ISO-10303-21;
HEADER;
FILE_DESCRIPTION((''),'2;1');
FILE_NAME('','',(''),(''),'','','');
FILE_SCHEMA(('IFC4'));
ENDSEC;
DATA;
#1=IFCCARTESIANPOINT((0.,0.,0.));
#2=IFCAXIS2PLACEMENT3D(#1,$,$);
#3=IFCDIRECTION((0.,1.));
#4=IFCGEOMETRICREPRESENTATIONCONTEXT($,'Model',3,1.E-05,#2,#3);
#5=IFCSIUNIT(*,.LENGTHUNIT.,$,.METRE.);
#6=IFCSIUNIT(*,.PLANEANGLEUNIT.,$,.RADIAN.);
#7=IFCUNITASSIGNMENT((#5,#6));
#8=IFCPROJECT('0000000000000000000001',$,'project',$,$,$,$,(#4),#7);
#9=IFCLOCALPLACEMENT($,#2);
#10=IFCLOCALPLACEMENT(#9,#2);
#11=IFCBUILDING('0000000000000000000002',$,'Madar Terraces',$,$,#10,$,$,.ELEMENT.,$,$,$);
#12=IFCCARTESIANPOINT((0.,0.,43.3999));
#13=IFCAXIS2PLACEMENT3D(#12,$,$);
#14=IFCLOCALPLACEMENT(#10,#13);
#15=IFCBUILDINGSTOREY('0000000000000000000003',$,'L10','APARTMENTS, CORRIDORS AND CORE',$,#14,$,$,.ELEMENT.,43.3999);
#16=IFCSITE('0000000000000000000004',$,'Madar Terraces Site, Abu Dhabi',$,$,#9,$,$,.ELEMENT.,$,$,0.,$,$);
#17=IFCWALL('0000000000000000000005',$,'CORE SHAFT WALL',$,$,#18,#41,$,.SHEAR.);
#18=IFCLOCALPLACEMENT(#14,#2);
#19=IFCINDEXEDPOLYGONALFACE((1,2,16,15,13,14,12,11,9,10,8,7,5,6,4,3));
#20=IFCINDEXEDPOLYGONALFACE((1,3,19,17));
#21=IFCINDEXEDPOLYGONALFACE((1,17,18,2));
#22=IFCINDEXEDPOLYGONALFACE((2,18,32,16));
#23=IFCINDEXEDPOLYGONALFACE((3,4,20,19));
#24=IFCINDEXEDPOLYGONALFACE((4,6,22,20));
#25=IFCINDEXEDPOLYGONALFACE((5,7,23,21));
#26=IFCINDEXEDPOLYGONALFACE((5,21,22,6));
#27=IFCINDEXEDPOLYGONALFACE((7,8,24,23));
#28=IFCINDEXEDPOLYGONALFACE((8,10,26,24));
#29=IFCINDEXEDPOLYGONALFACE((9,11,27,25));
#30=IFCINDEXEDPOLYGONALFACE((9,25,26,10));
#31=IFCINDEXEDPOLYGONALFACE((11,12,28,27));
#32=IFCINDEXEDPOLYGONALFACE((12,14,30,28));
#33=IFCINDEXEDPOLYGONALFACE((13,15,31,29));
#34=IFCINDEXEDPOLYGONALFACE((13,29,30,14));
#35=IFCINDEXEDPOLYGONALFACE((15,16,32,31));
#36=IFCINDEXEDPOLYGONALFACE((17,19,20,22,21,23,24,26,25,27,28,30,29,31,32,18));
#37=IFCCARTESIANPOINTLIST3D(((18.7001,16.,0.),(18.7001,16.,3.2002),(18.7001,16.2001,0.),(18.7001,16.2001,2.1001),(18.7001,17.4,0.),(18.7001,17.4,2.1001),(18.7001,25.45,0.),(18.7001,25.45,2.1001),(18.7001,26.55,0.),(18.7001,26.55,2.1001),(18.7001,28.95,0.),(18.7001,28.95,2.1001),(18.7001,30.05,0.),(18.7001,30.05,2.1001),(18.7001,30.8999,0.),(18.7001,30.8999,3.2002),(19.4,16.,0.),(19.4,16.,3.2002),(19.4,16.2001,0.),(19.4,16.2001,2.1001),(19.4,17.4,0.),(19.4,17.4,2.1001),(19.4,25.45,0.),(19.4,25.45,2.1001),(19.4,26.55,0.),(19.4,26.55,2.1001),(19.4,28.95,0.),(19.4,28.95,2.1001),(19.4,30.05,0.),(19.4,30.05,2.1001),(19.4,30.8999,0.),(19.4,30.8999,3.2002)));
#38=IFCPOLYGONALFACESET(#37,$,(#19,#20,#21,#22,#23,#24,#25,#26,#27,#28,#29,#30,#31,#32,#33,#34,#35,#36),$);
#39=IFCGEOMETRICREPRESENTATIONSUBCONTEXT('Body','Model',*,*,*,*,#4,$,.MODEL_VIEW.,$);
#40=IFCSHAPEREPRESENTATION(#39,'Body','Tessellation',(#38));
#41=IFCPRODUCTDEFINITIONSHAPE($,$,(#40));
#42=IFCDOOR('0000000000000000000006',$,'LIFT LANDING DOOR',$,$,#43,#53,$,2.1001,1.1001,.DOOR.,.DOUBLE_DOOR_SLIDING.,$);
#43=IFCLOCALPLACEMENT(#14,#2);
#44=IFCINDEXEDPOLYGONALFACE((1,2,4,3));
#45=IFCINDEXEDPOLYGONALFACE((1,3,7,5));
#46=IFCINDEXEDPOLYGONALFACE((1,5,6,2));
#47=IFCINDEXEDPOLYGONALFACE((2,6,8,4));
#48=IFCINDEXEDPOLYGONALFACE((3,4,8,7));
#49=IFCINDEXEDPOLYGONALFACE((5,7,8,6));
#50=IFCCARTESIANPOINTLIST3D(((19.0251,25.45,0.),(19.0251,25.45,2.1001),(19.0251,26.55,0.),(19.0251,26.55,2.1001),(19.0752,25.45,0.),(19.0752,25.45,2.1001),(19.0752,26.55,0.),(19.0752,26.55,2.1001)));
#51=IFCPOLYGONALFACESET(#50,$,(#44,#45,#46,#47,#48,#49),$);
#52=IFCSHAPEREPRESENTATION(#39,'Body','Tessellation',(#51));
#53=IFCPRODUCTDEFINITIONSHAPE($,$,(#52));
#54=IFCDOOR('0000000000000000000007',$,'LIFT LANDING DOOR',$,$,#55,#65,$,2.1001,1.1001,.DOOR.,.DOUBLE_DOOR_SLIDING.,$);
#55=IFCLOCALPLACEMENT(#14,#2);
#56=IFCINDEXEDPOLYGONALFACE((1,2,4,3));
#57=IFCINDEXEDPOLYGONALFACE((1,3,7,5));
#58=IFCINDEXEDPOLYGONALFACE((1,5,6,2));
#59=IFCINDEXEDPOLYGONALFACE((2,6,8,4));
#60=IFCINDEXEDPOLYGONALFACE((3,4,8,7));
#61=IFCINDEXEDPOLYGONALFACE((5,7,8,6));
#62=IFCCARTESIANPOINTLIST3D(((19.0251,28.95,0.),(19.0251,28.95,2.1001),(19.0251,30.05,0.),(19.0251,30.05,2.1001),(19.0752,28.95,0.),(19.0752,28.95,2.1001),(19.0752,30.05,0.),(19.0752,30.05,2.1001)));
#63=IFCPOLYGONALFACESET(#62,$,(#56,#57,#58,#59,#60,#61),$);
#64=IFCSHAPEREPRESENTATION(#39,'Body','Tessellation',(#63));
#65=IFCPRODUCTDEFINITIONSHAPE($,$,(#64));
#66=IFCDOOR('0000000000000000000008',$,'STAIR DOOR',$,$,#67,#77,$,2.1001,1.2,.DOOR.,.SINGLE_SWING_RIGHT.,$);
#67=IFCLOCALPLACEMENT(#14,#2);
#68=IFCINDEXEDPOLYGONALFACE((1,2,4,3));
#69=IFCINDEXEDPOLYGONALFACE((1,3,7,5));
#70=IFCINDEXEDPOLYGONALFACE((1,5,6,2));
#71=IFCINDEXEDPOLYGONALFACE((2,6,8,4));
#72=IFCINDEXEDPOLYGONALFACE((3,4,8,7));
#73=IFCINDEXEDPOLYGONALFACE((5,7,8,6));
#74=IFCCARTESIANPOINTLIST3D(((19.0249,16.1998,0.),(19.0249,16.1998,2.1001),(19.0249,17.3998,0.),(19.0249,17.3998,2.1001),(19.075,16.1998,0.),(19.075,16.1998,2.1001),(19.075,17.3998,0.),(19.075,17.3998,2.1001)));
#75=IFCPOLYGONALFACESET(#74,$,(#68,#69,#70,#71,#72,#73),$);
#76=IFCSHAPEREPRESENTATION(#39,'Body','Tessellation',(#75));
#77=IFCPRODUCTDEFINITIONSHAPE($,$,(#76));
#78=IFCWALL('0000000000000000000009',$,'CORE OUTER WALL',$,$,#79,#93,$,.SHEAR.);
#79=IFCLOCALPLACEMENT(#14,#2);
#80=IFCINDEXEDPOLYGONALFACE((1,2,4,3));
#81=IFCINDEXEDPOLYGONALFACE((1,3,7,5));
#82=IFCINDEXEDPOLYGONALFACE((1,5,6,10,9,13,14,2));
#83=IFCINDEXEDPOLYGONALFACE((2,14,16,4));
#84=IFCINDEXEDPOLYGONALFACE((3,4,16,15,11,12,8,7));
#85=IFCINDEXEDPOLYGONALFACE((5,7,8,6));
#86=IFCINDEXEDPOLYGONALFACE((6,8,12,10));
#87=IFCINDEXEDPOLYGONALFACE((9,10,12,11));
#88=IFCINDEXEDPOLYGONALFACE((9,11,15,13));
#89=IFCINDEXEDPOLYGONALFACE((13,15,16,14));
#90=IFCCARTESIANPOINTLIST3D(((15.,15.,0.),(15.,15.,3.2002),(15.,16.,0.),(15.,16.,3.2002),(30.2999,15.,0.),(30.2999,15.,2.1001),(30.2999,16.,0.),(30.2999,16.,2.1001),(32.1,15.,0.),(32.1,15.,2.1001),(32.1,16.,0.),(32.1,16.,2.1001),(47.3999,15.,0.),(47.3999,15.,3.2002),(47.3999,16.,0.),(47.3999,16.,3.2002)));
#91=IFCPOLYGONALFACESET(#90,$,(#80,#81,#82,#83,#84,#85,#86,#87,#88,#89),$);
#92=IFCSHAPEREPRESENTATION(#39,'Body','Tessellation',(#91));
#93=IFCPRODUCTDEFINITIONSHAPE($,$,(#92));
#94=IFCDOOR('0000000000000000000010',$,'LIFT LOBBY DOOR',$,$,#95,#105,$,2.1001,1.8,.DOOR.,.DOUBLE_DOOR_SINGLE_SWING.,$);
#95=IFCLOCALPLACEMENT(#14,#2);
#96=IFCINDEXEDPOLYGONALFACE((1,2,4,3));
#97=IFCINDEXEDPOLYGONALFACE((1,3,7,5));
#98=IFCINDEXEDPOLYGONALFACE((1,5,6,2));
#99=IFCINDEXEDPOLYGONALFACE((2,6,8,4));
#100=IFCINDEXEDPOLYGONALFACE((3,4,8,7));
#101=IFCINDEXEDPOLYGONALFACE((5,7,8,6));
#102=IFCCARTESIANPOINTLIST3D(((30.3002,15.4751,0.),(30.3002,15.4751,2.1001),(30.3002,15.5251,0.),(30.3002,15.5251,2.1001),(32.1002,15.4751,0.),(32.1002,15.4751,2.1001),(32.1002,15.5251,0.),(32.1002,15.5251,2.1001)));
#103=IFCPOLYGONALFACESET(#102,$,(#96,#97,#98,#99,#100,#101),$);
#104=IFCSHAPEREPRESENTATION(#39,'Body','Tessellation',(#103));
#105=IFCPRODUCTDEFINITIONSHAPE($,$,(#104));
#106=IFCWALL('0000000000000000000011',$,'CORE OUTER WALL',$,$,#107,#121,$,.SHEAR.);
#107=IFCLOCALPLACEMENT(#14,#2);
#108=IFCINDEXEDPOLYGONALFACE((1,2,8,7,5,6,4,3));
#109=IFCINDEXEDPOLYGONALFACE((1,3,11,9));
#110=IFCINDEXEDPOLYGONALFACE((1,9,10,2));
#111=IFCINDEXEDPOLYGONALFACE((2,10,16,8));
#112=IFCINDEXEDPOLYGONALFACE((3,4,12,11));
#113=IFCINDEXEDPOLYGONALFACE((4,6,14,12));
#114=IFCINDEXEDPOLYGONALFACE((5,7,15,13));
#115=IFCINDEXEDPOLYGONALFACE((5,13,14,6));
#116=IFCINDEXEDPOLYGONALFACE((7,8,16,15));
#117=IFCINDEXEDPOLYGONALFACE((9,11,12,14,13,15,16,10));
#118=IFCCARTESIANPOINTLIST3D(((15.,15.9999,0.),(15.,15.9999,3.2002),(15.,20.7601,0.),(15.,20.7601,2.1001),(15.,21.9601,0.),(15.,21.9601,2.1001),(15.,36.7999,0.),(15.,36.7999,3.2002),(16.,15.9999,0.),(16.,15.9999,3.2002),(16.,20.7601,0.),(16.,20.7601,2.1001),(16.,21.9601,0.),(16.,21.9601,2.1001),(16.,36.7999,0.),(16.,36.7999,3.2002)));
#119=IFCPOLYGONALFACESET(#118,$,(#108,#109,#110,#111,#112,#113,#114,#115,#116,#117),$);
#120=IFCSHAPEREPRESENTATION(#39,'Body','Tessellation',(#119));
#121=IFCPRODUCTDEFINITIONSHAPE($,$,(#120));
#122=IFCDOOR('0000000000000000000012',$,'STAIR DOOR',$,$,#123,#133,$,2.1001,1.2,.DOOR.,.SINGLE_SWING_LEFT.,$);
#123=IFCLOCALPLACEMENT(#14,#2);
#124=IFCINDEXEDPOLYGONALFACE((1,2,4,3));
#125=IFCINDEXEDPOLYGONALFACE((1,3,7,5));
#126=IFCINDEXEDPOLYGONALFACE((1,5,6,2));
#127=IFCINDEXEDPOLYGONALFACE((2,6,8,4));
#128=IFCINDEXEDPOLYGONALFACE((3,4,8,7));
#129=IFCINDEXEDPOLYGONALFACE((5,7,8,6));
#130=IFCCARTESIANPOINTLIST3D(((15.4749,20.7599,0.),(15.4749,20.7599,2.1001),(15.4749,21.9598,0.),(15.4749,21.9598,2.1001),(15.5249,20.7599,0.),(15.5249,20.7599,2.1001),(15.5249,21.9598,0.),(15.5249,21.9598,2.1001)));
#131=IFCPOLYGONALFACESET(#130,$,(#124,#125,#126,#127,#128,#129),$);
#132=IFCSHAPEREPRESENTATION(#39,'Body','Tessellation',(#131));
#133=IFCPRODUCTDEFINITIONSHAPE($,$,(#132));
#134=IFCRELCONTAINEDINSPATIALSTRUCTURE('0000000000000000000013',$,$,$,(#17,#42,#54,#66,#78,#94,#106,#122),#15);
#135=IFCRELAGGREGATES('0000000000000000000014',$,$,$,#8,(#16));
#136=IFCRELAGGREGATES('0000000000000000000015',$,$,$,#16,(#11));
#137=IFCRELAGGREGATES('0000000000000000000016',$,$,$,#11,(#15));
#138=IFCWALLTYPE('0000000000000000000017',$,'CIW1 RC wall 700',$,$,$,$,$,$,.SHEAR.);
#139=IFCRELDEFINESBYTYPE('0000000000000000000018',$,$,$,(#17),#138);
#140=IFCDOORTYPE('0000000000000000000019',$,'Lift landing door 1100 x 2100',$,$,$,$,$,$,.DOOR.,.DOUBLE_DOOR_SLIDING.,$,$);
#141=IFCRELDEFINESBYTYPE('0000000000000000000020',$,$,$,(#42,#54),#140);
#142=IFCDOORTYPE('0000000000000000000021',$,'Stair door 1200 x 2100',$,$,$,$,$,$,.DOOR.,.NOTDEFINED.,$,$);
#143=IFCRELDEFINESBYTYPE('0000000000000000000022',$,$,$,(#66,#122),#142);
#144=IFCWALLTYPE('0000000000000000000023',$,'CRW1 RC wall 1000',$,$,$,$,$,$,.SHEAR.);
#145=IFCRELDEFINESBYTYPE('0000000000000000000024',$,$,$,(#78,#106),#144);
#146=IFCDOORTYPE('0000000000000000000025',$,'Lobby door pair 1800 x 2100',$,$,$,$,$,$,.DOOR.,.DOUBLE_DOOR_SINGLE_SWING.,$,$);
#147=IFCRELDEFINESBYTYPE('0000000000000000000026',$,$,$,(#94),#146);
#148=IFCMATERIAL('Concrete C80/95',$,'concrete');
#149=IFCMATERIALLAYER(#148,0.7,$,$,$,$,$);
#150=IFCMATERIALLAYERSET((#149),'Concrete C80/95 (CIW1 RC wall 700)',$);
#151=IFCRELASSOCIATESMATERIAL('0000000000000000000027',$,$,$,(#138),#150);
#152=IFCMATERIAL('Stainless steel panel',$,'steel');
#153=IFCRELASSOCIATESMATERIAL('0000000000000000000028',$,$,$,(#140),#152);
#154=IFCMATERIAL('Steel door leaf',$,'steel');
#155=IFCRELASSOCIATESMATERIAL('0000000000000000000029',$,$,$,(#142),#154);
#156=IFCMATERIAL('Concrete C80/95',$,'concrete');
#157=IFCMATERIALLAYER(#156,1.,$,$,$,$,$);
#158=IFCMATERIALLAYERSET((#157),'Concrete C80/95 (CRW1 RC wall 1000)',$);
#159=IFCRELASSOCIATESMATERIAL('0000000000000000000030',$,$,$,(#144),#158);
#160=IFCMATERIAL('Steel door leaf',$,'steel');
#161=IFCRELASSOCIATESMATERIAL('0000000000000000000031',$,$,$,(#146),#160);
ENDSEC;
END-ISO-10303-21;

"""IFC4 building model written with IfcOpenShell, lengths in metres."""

from ifc_helpers import new_model, si_unit, direction, frame, frame_2d, origin, place, context, subcontext, project, spatial, rectangle, extrude, material, layer, layer_set, type_object, element, fill, save


model = new_model("IFC4")

# Units and contexts
model_context = context("Model", 3, precision=1e-05, world=origin(), true_north=direction((0.0, 1.0)))
body_context = subcontext(model_context, "Body", "Model", "MODEL_VIEW")
ifc_project = project(units=[si_unit("LENGTHUNIT", "METRE"), si_unit("PLANEANGLEUNIT", "RADIAN")], contexts=[model_context])

# Site, building, storey
site_placement = place(None, origin())
site = spatial("IfcSite", under=ifc_project, at=site_placement, Name="Madar Terraces Site, Abu Dhabi", CompositionType="ELEMENT", RefElevation=0.0)
building_placement = place(site_placement, origin())
building = spatial("IfcBuilding", under=site, at=building_placement, Name="Madar Terraces", CompositionType="ELEMENT")
storey_placement = place(building_placement, frame((0.0, 0.0, 43.3999)))
storey = spatial("IfcBuildingStorey", under=building, at=storey_placement, Name="L10", Description="APARTMENTS, CORRIDORS AND CORE", CompositionType="ELEMENT", Elevation=43.3999)

# Wall, openings, doors
ifc_material_1 = material(Name="Concrete C80/95", Category="concrete")
ifc_layer_1 = layer(ifc_material_1, 0.7)
ifc_layer_set_1 = layer_set([ifc_layer_1], Name="Concrete C80/95 (CIW1 RC wall 700)")
wall_type_1 = type_object("IfcWallType", Name="CIW1 RC wall 700", PredefinedType="SHEAR", material=ifc_layer_set_1)
wall_1_placement = place(storey_placement, frame((19.05, 16.0, 0.0), z_axis=(0.0, 0.0, 1.0), x_axis=(0.0, 1.0, 0.0)))
wall_1 = element("IfcWall", 1, at=wall_1_placement, inside=storey, type_object=wall_type_1, Name="CORE SHAFT WALL", PredefinedType="SHEAR", context=body_context, shape_type="SweptSolid", body=[
    extrude(rectangle(XDim=14.8999, YDim=0.7, at=frame_2d((7.45, 0.0))), origin(), (0.0, 0.0, 1.0), 3.2002),
])
opening_1_placement = place(wall_1_placement, frame((9.45, 0.0, 0.0)))
opening_1 = element("IfcOpeningElement", 2, at=opening_1_placement, cuts=wall_1, PredefinedType="OPENING", context=body_context, shape_type="SweptSolid", body=[
    extrude(rectangle(XDim=1.1001, YDim=2.1001, at=frame_2d((0.55, 1.05))), frame((0.0, 0.3599, 0.0), z_axis=(0.0, -1.0, 0.0), x_axis=(1.0, 0.0, 0.0)), (0.0, 0.0, 1.0), 0.72),
])
opening_2_placement = place(wall_1_placement, frame((12.95, 0.0, 0.0)))
opening_2 = element("IfcOpeningElement", 3, at=opening_2_placement, cuts=wall_1, PredefinedType="OPENING", context=body_context, shape_type="SweptSolid", body=[
    extrude(rectangle(XDim=1.1001, YDim=2.1001, at=frame_2d((0.55, 1.05))), frame((0.0, 0.3599, 0.0), z_axis=(0.0, -1.0, 0.0), x_axis=(1.0, 0.0, 0.0)), (0.0, 0.0, 1.0), 0.72),
])
opening_3_placement = place(wall_1_placement, frame((0.2, 0.0, 0.0)))
opening_3 = element("IfcOpeningElement", 4, at=opening_3_placement, cuts=wall_1, PredefinedType="OPENING", context=body_context, shape_type="SweptSolid", body=[
    extrude(rectangle(XDim=1.2, YDim=2.1001, at=frame_2d((0.6001, 1.05))), frame((0.0, 0.3599, 0.0), z_axis=(0.0, -1.0, 0.0), x_axis=(1.0, 0.0, 0.0)), (0.0, 0.0, 1.0), 0.72),
])
ifc_material_2 = material(Name="Stainless steel panel", Category="steel")
door_type_1 = type_object("IfcDoorType", Name="Lift landing door 1100 x 2100", OperationType="DOUBLE_DOOR_SLIDING", PredefinedType="DOOR", material=ifc_material_2)
door_1_placement = place(opening_1_placement, origin())
door_1 = element("IfcDoor", 5, at=door_1_placement, inside=storey, type_object=door_type_1, Name="LIFT LANDING DOOR", OperationType="DOUBLE_DOOR_SLIDING", OverallHeight=2.1001, OverallWidth=1.1001, PredefinedType="DOOR", context=body_context, shape_type="SweptSolid", body=[
    extrude(rectangle(XDim=1.1001, YDim=2.1001, at=frame_2d((0.55, 1.05))), frame((0.0, 0.0249, 0.0), z_axis=(0.0, -1.0, 0.0), x_axis=(1.0, 0.0, 0.0)), (0.0, 0.0, 1.0), 0.05),
])
fill(opening_1, door_1)
door_2_placement = place(opening_2_placement, origin())
door_2 = element("IfcDoor", 6, at=door_2_placement, inside=storey, type_object=door_type_1, Name="LIFT LANDING DOOR", OperationType="DOUBLE_DOOR_SLIDING", OverallHeight=2.1001, OverallWidth=1.1001, PredefinedType="DOOR", context=body_context, shape_type="SweptSolid", body=[
    extrude(rectangle(XDim=1.1001, YDim=2.1001, at=frame_2d((0.55, 1.05))), frame((0.0, 0.0249, 0.0), z_axis=(0.0, -1.0, 0.0), x_axis=(1.0, 0.0, 0.0)), (0.0, 0.0, 1.0), 0.05),
])
fill(opening_2, door_2)
ifc_material_3 = material(Name="Steel door leaf", Category="steel")
door_type_2 = type_object("IfcDoorType", Name="Stair door 1200 x 2100", OperationType="NOTDEFINED", PredefinedType="DOOR", material=ifc_material_3)
door_3_placement = place(opening_3_placement, frame((1.2, 0.0, 0.0), z_axis=(0.0, 0.0, 1.0), x_axis=(-1.0, 0.0, 0.0)))
door_3 = element("IfcDoor", 7, at=door_3_placement, inside=storey, type_object=door_type_2, Name="STAIR DOOR", OperationType="SINGLE_SWING_RIGHT", OverallHeight=2.1001, OverallWidth=1.2, PredefinedType="DOOR", context=body_context, shape_type="SweptSolid", body=[
    extrude(rectangle(XDim=1.2, YDim=2.1001, at=frame_2d((0.6001, 1.05))), frame((0.0, 0.0249, 0.0), z_axis=(0.0, -1.0, 0.0), x_axis=(1.0, 0.0, 0.0)), (0.0, 0.0, 1.0), 0.05),
])
fill(opening_3, door_3)

# Walls, openings, doors
ifc_material_4 = material(Name="Concrete C80/95", Category="concrete")
ifc_layer_2 = layer(ifc_material_4, 1.0)
ifc_layer_set_2 = layer_set([ifc_layer_2], Name="Concrete C80/95 (CRW1 RC wall 1000)")
wall_type_2 = type_object("IfcWallType", Name="CRW1 RC wall 1000", PredefinedType="SHEAR", material=ifc_layer_set_2)
wall_2_placement = place(storey_placement, frame((15.0, 15.5, 0.0), z_axis=(0.0, 0.0, 1.0), x_axis=(1.0, 0.0, 0.0)))
wall_2 = element("IfcWall", 8, at=wall_2_placement, inside=storey, type_object=wall_type_2, Name="CORE OUTER WALL", PredefinedType="SHEAR", context=body_context, shape_type="SweptSolid", body=[
    extrude(rectangle(XDim=32.3999, YDim=1.0, at=frame_2d((16.2, 0.0))), origin(), (0.0, 0.0, 1.0), 3.2002),
])
opening_4_placement = place(wall_2_placement, frame((15.3, 0.0, 0.0)))
opening_4 = element("IfcOpeningElement", 9, at=opening_4_placement, cuts=wall_2, PredefinedType="OPENING", context=body_context, shape_type="SweptSolid", body=[
    extrude(rectangle(XDim=1.8, YDim=2.1001, at=frame_2d((0.8999, 1.05))), frame((0.0, 0.51, 0.0), z_axis=(0.0, -1.0, 0.0), x_axis=(1.0, 0.0, 0.0)), (0.0, 0.0, 1.0), 1.02),
])
ifc_material_5 = material(Name="Steel door leaf", Category="steel")
door_type_3 = type_object("IfcDoorType", Name="Lobby door pair 1800 x 2100", OperationType="DOUBLE_DOOR_SINGLE_SWING", PredefinedType="DOOR", material=ifc_material_5)
door_4_placement = place(opening_4_placement, frame((1.8, 0.0, 0.0), z_axis=(0.0, 0.0, 1.0), x_axis=(-1.0, 0.0, 0.0)))
door_4 = element("IfcDoor", 10, at=door_4_placement, inside=storey, type_object=door_type_3, Name="LIFT LOBBY DOOR", OperationType="DOUBLE_DOOR_SINGLE_SWING", OverallHeight=2.1001, OverallWidth=1.8, PredefinedType="DOOR", context=body_context, shape_type="SweptSolid", body=[
    extrude(rectangle(XDim=1.8, YDim=2.1001, at=frame_2d((0.8999, 1.05))), frame((0.0, 0.0249, 0.0), z_axis=(0.0, -1.0, 0.0), x_axis=(1.0, 0.0, 0.0)), (0.0, 0.0, 1.0), 0.05),
])
fill(opening_4, door_4)
wall_3_placement = place(storey_placement, frame((15.5, 16.0, 0.0), z_axis=(0.0, 0.0, 1.0), x_axis=(0.0, 1.0, 0.0)))
wall_3 = element("IfcWall", 11, at=wall_3_placement, inside=storey, type_object=wall_type_2, Name="CORE OUTER WALL", PredefinedType="SHEAR", context=body_context, shape_type="SweptSolid", body=[
    extrude(rectangle(XDim=20.8, YDim=1.0, at=frame_2d((10.3999, 0.0))), origin(), (0.0, 0.0, 1.0), 3.2002),
])
opening_5_placement = place(wall_3_placement, frame((4.76, 0.0, 0.0)))
opening_5 = element("IfcOpeningElement", 12, at=opening_5_placement, cuts=wall_3, PredefinedType="OPENING", context=body_context, shape_type="SweptSolid", body=[
    extrude(rectangle(XDim=1.2, YDim=2.1001, at=frame_2d((0.6001, 1.05))), frame((0.0, 0.51, 0.0), z_axis=(0.0, -1.0, 0.0), x_axis=(1.0, 0.0, 0.0)), (0.0, 0.0, 1.0), 1.02),
])
door_5_placement = place(opening_5_placement, frame((1.2, 0.0, 0.0), z_axis=(0.0, 0.0, 1.0), x_axis=(-1.0, 0.0, 0.0)))
door_5 = element("IfcDoor", 13, at=door_5_placement, inside=storey, type_object=door_type_2, Name="STAIR DOOR", OperationType="SINGLE_SWING_LEFT", OverallHeight=2.1001, OverallWidth=1.2, PredefinedType="DOOR", context=body_context, shape_type="SweptSolid", body=[
    extrude(rectangle(XDim=1.2, YDim=2.1001, at=frame_2d((0.6001, 1.05))), frame((0.0, 0.0249, 0.0), z_axis=(0.0, -1.0, 0.0), x_axis=(1.0, 0.0, 0.0)), (0.0, 0.0, 1.0), 0.05),
])
fill(opening_5, door_5)

save(model, "model.ifc")
